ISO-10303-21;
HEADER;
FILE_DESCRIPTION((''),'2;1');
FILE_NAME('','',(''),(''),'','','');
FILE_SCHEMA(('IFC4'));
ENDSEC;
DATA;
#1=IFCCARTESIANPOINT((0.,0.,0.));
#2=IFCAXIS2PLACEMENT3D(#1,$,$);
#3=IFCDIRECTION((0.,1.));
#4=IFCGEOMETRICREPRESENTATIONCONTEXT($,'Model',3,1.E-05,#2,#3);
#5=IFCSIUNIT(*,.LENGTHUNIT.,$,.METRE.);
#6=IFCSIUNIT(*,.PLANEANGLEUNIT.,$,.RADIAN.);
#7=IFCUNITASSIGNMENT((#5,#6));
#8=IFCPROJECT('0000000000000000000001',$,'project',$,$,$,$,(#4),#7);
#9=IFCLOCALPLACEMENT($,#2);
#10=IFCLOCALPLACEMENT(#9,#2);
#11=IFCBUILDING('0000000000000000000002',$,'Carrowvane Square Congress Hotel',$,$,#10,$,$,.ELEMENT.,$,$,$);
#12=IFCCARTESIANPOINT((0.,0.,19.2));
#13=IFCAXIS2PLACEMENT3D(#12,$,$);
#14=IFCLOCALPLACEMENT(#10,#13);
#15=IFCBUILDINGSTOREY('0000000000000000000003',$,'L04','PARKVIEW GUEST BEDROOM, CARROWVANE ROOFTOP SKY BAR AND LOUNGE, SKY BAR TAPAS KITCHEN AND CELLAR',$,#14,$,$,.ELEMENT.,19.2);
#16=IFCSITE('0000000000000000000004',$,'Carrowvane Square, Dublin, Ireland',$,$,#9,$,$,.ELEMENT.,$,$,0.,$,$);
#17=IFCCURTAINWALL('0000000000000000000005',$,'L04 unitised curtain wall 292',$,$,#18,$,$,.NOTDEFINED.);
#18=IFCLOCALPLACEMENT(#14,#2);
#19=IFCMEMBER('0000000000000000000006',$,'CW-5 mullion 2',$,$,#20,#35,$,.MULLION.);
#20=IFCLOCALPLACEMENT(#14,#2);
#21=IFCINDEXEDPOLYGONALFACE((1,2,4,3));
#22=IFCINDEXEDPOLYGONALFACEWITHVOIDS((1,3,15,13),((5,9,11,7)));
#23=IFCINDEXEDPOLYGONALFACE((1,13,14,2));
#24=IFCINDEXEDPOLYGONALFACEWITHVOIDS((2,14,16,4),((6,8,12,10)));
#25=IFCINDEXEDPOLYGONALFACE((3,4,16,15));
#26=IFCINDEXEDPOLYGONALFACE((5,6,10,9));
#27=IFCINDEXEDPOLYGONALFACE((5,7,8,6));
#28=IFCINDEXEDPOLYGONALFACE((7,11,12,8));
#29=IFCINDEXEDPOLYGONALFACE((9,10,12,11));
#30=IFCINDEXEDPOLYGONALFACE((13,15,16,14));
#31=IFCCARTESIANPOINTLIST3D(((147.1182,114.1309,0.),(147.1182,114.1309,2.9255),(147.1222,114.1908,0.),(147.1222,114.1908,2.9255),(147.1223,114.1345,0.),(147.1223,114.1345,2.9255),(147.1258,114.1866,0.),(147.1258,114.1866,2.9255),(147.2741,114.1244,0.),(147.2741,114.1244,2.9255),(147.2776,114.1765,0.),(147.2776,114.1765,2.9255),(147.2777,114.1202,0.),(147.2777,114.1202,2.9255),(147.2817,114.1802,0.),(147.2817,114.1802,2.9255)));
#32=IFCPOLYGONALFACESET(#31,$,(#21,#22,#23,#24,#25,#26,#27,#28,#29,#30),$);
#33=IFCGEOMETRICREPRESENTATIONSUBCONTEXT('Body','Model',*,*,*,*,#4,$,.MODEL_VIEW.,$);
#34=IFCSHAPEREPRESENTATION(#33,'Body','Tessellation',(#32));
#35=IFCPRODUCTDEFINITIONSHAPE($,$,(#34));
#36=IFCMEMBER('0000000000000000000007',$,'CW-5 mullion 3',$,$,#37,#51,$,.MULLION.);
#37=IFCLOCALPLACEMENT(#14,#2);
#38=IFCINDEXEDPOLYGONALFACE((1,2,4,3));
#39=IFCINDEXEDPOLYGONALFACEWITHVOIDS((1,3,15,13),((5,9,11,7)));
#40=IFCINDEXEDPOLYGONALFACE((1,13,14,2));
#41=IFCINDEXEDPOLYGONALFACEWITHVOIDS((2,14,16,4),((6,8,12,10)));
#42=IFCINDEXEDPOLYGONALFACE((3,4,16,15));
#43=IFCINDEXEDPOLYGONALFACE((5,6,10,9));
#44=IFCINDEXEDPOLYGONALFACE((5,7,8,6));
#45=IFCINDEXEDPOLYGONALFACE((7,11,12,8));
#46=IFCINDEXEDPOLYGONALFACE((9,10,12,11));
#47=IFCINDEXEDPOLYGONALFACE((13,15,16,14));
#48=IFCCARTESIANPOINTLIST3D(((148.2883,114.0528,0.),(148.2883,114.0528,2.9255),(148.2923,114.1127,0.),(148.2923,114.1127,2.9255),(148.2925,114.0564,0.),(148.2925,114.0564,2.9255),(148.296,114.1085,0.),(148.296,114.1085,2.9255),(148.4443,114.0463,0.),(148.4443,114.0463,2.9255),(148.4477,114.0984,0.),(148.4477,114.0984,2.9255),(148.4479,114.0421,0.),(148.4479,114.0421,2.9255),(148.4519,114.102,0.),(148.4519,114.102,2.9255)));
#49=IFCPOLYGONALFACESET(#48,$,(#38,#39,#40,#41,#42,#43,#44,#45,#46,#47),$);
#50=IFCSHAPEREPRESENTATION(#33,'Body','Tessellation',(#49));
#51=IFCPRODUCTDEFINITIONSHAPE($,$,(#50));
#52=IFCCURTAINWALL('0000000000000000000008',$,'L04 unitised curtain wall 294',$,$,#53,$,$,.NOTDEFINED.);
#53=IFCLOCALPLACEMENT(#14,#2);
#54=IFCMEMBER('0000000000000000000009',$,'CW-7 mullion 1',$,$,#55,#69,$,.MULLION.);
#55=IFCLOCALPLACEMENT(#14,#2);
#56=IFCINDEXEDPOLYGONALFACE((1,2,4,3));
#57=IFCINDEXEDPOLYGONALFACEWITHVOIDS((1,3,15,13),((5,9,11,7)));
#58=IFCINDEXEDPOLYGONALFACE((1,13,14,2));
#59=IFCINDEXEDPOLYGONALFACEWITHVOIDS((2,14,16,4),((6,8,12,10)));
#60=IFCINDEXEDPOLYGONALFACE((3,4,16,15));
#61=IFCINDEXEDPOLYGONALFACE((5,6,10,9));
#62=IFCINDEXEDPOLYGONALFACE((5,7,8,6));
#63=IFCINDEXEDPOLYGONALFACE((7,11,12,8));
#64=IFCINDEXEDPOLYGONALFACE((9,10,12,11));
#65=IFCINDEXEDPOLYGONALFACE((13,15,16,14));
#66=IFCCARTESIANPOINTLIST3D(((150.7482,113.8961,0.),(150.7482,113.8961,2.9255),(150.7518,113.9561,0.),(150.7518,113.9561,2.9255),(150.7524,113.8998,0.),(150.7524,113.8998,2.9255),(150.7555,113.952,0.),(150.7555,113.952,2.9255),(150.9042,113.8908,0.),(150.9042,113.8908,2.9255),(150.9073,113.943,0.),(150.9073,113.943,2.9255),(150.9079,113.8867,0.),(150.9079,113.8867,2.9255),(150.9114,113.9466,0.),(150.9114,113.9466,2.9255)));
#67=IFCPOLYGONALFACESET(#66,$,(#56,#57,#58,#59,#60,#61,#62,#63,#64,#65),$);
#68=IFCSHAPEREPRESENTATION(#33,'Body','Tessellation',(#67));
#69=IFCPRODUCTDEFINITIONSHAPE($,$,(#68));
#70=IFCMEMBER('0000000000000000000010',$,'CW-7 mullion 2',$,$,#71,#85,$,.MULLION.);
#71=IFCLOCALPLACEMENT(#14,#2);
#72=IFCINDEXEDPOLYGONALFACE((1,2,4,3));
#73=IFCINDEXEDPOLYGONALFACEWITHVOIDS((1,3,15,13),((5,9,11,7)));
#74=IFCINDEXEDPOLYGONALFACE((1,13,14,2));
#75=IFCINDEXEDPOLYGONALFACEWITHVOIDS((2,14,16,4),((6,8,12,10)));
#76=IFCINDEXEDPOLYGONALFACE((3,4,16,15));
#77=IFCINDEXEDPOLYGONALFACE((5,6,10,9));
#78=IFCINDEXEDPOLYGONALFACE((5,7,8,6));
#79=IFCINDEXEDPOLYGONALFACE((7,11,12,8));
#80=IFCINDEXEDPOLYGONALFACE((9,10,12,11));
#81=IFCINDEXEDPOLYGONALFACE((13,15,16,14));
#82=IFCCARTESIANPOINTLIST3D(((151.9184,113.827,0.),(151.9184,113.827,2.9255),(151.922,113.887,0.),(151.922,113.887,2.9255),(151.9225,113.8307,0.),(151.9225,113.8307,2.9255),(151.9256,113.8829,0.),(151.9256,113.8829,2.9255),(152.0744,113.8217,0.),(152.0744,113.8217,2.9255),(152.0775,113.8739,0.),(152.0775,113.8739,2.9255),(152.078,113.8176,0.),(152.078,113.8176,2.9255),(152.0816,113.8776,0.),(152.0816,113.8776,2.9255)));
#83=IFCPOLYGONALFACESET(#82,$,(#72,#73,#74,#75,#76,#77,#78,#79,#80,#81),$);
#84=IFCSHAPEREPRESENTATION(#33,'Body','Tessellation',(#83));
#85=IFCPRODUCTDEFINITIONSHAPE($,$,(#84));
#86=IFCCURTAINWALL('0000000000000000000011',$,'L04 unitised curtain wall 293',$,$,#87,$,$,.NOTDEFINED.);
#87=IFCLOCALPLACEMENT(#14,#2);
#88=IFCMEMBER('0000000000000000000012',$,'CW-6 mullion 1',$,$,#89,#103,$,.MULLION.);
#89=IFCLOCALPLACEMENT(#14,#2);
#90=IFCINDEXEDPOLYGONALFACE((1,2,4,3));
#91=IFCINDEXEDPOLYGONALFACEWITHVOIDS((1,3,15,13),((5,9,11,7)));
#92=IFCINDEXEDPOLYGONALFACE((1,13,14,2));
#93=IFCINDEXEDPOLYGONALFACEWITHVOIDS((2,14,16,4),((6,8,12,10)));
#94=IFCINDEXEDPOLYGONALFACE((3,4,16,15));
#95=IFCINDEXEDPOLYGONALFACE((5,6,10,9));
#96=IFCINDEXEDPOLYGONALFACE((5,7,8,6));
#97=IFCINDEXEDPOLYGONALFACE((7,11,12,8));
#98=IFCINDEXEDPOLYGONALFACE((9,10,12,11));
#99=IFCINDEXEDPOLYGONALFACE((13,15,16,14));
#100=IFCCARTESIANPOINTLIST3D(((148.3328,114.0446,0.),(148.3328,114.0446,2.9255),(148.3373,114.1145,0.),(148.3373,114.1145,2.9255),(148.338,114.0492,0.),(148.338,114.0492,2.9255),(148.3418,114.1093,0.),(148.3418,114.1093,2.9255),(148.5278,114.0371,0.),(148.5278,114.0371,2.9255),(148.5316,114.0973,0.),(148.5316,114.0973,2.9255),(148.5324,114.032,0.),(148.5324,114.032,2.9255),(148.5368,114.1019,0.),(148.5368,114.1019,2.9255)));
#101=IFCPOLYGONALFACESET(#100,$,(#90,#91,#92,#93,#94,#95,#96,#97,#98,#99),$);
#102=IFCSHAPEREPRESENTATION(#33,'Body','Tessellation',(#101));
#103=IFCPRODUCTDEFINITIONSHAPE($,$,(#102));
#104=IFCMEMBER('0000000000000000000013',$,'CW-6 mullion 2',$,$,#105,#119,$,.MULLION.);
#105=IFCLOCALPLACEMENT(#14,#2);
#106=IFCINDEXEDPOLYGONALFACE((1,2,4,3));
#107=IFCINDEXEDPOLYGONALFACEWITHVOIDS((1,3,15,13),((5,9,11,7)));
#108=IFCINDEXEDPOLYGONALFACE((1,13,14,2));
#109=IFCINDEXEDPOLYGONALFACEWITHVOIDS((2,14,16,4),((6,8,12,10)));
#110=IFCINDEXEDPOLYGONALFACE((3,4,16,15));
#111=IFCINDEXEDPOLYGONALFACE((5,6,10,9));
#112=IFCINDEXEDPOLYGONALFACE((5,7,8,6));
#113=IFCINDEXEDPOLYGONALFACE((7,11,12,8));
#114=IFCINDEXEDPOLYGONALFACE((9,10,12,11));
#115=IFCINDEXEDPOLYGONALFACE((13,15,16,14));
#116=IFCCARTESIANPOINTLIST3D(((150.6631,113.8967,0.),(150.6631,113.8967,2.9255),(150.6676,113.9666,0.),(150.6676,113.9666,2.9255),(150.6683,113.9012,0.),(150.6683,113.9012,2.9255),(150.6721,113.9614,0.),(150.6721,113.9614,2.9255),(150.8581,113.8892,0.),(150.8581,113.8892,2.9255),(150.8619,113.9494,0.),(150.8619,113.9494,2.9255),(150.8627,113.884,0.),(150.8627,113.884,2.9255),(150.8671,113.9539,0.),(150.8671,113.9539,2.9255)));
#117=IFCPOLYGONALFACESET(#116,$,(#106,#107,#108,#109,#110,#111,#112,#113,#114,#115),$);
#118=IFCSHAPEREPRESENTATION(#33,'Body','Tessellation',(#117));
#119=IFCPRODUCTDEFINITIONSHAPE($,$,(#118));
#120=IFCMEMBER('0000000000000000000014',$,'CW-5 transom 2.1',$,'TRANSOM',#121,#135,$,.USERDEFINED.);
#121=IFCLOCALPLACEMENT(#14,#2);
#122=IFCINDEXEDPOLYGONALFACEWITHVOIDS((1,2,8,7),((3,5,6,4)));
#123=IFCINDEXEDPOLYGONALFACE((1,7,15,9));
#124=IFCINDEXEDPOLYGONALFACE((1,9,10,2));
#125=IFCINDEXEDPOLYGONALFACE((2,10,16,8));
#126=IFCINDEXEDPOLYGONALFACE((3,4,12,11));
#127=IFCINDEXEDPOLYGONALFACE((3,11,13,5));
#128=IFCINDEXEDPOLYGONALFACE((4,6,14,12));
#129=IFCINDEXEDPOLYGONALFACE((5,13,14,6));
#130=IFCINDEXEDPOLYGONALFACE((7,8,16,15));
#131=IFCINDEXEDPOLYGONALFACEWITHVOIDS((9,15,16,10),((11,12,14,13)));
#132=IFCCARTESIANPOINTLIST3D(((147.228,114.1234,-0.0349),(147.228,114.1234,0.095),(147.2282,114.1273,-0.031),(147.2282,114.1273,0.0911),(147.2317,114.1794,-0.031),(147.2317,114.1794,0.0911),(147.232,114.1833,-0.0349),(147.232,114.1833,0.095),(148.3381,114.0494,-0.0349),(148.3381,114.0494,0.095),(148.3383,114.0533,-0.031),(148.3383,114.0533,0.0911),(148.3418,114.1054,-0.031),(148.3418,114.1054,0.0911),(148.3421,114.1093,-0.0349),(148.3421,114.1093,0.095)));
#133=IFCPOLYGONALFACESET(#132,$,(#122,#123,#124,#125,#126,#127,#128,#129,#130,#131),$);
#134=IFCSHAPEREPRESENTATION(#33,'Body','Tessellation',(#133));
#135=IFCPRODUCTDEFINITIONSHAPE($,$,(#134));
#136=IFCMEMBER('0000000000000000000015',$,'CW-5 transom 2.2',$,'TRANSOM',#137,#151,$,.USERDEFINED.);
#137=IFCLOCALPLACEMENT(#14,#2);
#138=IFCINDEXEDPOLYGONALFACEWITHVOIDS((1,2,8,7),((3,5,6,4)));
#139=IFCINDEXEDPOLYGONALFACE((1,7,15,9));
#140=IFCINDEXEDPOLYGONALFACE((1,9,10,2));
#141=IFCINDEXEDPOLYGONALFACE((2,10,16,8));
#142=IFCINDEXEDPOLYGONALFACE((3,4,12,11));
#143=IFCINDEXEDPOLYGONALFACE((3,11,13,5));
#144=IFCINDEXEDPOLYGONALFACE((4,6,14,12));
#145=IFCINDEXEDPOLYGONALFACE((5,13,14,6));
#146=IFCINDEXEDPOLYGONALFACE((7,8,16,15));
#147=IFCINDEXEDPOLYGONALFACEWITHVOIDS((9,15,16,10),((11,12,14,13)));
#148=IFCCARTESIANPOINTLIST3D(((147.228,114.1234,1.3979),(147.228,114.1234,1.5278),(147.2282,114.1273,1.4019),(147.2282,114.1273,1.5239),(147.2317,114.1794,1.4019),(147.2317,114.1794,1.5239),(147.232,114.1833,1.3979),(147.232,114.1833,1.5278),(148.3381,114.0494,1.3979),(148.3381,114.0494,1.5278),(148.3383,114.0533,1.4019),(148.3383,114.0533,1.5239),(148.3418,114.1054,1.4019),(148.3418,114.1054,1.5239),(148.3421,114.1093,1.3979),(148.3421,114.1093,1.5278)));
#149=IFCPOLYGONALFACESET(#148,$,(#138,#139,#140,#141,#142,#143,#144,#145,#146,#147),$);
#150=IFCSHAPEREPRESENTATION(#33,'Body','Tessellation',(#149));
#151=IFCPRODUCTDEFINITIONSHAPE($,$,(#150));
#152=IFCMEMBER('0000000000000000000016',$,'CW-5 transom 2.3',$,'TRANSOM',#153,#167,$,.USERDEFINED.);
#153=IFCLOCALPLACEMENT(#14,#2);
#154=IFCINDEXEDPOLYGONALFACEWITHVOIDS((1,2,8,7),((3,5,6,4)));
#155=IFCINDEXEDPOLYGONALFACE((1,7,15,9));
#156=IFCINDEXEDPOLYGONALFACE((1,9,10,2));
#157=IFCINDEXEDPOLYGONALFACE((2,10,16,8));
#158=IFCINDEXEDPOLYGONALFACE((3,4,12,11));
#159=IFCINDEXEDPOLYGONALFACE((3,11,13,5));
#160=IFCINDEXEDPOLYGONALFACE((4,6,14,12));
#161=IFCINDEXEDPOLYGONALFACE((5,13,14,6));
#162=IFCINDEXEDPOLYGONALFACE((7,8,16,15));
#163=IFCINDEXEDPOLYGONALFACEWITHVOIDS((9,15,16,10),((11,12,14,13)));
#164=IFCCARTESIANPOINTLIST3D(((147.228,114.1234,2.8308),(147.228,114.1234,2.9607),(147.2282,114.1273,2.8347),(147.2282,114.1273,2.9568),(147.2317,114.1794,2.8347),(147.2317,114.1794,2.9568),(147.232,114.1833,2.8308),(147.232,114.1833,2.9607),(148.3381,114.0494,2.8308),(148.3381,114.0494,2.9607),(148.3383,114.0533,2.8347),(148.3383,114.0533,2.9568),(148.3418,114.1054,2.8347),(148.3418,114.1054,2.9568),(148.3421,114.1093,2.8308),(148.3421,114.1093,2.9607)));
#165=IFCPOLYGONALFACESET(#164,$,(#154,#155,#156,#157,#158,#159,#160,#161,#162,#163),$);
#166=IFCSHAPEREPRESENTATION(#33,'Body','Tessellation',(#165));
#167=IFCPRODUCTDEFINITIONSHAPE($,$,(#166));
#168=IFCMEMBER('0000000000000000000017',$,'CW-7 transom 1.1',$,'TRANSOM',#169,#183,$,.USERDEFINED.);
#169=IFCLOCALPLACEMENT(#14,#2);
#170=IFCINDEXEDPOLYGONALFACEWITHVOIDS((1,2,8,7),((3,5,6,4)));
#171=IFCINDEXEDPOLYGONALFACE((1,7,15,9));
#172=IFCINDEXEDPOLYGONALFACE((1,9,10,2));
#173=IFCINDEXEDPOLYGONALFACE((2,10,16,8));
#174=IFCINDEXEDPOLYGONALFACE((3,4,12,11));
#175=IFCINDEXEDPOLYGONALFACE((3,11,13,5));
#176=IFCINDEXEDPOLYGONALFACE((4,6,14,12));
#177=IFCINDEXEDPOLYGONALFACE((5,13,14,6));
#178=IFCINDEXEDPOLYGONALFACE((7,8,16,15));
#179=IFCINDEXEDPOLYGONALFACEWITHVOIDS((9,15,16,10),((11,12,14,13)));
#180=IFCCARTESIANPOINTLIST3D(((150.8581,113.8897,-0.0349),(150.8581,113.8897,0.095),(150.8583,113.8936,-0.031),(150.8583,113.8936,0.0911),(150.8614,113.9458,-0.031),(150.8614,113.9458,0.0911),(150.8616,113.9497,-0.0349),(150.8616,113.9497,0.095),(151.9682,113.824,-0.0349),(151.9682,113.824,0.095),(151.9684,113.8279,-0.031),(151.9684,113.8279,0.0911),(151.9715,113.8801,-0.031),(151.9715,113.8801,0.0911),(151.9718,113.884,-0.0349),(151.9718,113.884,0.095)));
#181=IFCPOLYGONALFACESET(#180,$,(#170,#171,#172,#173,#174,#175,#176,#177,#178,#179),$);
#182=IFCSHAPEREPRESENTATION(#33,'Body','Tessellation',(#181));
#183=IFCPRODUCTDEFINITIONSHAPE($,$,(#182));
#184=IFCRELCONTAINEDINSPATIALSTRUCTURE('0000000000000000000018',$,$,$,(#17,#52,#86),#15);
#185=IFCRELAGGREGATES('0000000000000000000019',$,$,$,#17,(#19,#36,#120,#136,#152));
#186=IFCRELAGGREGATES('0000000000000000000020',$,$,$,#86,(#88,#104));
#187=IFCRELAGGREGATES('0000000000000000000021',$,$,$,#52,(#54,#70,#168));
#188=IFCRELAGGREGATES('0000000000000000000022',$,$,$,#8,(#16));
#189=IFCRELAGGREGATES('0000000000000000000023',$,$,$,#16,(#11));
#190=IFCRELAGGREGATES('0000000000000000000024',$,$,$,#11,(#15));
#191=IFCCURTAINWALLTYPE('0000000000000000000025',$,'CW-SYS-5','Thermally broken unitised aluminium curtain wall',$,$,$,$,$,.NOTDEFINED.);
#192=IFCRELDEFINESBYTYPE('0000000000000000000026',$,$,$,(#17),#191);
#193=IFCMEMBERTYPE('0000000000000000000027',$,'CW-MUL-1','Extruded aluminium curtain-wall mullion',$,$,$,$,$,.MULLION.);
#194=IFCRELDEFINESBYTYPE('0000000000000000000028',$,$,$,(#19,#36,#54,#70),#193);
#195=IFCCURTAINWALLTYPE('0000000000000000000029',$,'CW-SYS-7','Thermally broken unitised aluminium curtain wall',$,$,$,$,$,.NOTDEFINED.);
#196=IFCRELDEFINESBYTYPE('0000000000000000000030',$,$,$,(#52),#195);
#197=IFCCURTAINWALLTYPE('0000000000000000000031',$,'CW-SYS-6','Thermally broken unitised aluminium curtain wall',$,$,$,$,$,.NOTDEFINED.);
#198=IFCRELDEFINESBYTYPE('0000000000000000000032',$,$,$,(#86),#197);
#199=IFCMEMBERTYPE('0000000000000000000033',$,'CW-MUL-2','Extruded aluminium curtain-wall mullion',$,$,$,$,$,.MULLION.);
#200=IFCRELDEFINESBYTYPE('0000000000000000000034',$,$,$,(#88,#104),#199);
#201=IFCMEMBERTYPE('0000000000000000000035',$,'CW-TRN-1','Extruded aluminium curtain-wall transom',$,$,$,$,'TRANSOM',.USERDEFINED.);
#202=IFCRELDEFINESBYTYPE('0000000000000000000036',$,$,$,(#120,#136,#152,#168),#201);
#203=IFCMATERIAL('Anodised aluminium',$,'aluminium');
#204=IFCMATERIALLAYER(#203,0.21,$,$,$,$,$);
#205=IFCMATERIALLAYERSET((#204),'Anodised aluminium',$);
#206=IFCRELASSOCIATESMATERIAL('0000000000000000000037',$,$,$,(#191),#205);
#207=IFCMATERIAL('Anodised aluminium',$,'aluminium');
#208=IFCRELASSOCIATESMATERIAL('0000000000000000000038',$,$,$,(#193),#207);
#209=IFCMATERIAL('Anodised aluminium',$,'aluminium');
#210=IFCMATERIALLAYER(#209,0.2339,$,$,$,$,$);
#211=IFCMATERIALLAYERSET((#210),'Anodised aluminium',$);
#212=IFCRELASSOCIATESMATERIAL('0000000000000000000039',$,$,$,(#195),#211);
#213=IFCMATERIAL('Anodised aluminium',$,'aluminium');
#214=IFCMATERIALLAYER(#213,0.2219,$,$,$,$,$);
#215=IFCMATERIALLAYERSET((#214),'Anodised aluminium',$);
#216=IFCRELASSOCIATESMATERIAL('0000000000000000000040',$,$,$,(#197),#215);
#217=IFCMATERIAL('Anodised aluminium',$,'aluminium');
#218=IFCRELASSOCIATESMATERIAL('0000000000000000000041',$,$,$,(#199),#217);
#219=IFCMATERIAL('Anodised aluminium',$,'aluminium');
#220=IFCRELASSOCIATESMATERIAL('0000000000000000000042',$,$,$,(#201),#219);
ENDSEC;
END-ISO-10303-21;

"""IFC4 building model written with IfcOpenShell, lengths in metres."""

from ifc_helpers import new_model, si_unit, direction, frame, origin, origin_2d, place, context, subcontext, project, spatial, hollow_rectangle, extrude, material, layer, layer_set, material_profile, profile_set, type_object, element, aggregate, save


model = new_model("IFC4")

# Units and contexts
model_context = context("Model", 3, precision=1e-05, world=origin(), true_north=direction((0.0, 1.0)))
body_context = subcontext(model_context, "Body", "Model", "MODEL_VIEW")
ifc_project = project(units=[si_unit("LENGTHUNIT", "METRE"), si_unit("PLANEANGLEUNIT", "RADIAN")], contexts=[model_context])

# Site, building, storey
site_placement = place(None, origin())
site = spatial("IfcSite", under=ifc_project, at=site_placement, Name="Carrowvane Square, Dublin, Ireland", CompositionType="ELEMENT", RefElevation=0.0)
building_placement = place(site_placement, origin())
building = spatial("IfcBuilding", under=site, at=building_placement, Name="Carrowvane Square Congress Hotel", CompositionType="ELEMENT")
storey_placement = place(building_placement, frame((0.0, 0.0, 19.2)))
storey = spatial("IfcBuildingStorey", under=building, at=storey_placement, Name="L04", Description="PARKVIEW GUEST BEDROOM, CARROWVANE ROOFTOP SKY BAR AND LOUNGE, SKY BAR TAPAS KITCHEN AND CELLAR", CompositionType="ELEMENT", Elevation=19.2)

# Curtain walls, members
ifc_material_1 = material(Name="Anodised aluminium", Category="aluminium")
ifc_layer_1 = layer(ifc_material_1, 0.21)
ifc_layer_set_1 = layer_set([ifc_layer_1], Name="Anodised aluminium")
curtain_wall_type_1 = type_object("IfcCurtainWallType", Name="CW-SYS-5", Description="Thermally broken unitised aluminium curtain wall", PredefinedType="NOTDEFINED", material=ifc_layer_set_1)
curtain_wall_1_placement = place(storey_placement, origin())
curtain_wall_1 = element("IfcCurtainWall", 1, at=curtain_wall_1_placement, inside=storey, type_object=curtain_wall_type_1, Name="L04 unitised curtain wall 292", PredefinedType="NOTDEFINED")
ifc_material_2 = material(Name="Anodised aluminium", Category="aluminium")
ifc_material_profile_1 = material_profile(ifc_material_2, hollow_rectangle(XDim=0.0601, YDim=0.1599, WallThickness=0.0039, at=origin_2d()), Name="CW-ML 60x160x4")
ifc_profile_set_1 = profile_set([ifc_material_profile_1], Name="Anodised aluminium")
member_type_1 = type_object("IfcMemberType", Name="CW-MUL-1", Description="Extruded aluminium curtain-wall mullion", PredefinedType="MULLION", material=ifc_profile_set_1)
member_1_placement = place(storey_placement, frame((147.2, 114.1555, 0.0), z_axis=(0.0, 0.0, 1.0), x_axis=(0.066574, 0.997781, 0.0)))
member_1 = element("IfcMember", 2, at=member_1_placement, type_object=member_type_1, Name="CW-5 mullion 2", PredefinedType="MULLION", context=body_context, shape_type="SweptSolid", body=[
    extrude(hollow_rectangle(XDim=0.0601, YDim=0.1599, WallThickness=0.0039, at=origin_2d()), origin(), (0.0, 0.0, 1.0), 2.9255),
])
member_2_placement = place(storey_placement, frame((148.3701, 114.0774, 0.0), z_axis=(0.0, 0.0, 1.0), x_axis=(0.066574, 0.997781, 0.0)))
member_2 = element("IfcMember", 3, at=member_2_placement, type_object=member_type_1, Name="CW-5 mullion 3", PredefinedType="MULLION", context=body_context, shape_type="SweptSolid", body=[
    extrude(hollow_rectangle(XDim=0.0601, YDim=0.1599, WallThickness=0.0039, at=origin_2d()), origin(), (0.0, 0.0, 1.0), 2.9255),
])
ifc_material_3 = material(Name="Anodised aluminium", Category="aluminium")
ifc_layer_2 = layer(ifc_material_3, 0.2339)
ifc_layer_set_2 = layer_set([ifc_layer_2], Name="Anodised aluminium")
curtain_wall_type_2 = type_object("IfcCurtainWallType", Name="CW-SYS-7", Description="Thermally broken unitised aluminium curtain wall", PredefinedType="NOTDEFINED", material=ifc_layer_set_2)
curtain_wall_2_placement = place(storey_placement, origin())
curtain_wall_2 = element("IfcCurtainWall", 4, at=curtain_wall_2_placement, inside=storey, type_object=curtain_wall_type_2, Name="L04 unitised curtain wall 294", PredefinedType="NOTDEFINED")
member_3_placement = place(storey_placement, frame((150.8298, 113.9214, 0.0), z_axis=(0.0, 0.0, 1.0), x_axis=(0.058989, 0.998259, 0.0)))
member_3 = element("IfcMember", 5, at=member_3_placement, type_object=member_type_1, Name="CW-7 mullion 1", PredefinedType="MULLION", context=body_context, shape_type="SweptSolid", body=[
    extrude(hollow_rectangle(XDim=0.0601, YDim=0.1599, WallThickness=0.0039, at=origin_2d()), origin(), (0.0, 0.0, 1.0), 2.9255),
])
member_4_placement = place(storey_placement, frame((152.0, 113.8523, 0.0), z_axis=(0.0, 0.0, 1.0), x_axis=(0.058989, 0.998259, 0.0)))
member_4 = element("IfcMember", 6, at=member_4_placement, type_object=member_type_1, Name="CW-7 mullion 2", PredefinedType="MULLION", context=body_context, shape_type="SweptSolid", body=[
    extrude(hollow_rectangle(XDim=0.0601, YDim=0.1599, WallThickness=0.0039, at=origin_2d()), origin(), (0.0, 0.0, 1.0), 2.9255),
])
ifc_material_4 = material(Name="Anodised aluminium", Category="aluminium")
ifc_layer_3 = layer(ifc_material_4, 0.2219)
ifc_layer_set_3 = layer_set([ifc_layer_3], Name="Anodised aluminium")
curtain_wall_type_3 = type_object("IfcCurtainWallType", Name="CW-SYS-6", Description="Thermally broken unitised aluminium curtain wall", PredefinedType="NOTDEFINED", material=ifc_layer_set_3)
curtain_wall_3_placement = place(storey_placement, origin())
curtain_wall_3 = element("IfcCurtainWall", 7, at=curtain_wall_3_placement, inside=storey, type_object=curtain_wall_type_3, Name="L04 unitised curtain wall 293", PredefinedType="NOTDEFINED")
ifc_material_5 = material(Name="Anodised aluminium", Category="aluminium")
ifc_material_profile_2 = material_profile(ifc_material_5, hollow_rectangle(XDim=0.0701, YDim=0.2, WallThickness=0.0049, at=origin_2d()), Name="CW-ML 70x200x5")
ifc_profile_set_2 = profile_set([ifc_material_profile_2], Name="Anodised aluminium")
member_type_2 = type_object("IfcMemberType", Name="CW-MUL-2", Description="Extruded aluminium curtain-wall mullion", PredefinedType="MULLION", material=ifc_profile_set_2)
member_5_placement = place(storey_placement, frame((148.4348, 114.0732, 0.0), z_axis=(0.0, 0.0, 1.0), x_axis=(0.063273, 0.997996, 0.0)))
member_5 = element("IfcMember", 8, at=member_5_placement, type_object=member_type_2, Name="CW-6 mullion 1", PredefinedType="MULLION", context=body_context, shape_type="SweptSolid", body=[
    extrude(hollow_rectangle(XDim=0.0701, YDim=0.2, WallThickness=0.0049, at=origin_2d()), origin(), (0.0, 0.0, 1.0), 2.9255),
])
member_6_placement = place(storey_placement, frame((150.7651, 113.9253, 0.0), z_axis=(0.0, 0.0, 1.0), x_axis=(0.063273, 0.997996, 0.0)))
member_6 = element("IfcMember", 9, at=member_6_placement, type_object=member_type_2, Name="CW-6 mullion 2", PredefinedType="MULLION", context=body_context, shape_type="SweptSolid", body=[
    extrude(hollow_rectangle(XDim=0.0701, YDim=0.2, WallThickness=0.0049, at=origin_2d()), origin(), (0.0, 0.0, 1.0), 2.9255),
])

# Members
ifc_material_6 = material(Name="Anodised aluminium", Category="aluminium")
ifc_material_profile_3 = material_profile(ifc_material_6, hollow_rectangle(XDim=0.0601, YDim=0.1299, WallThickness=0.0039, at=origin_2d()), Name="CW-TR 60x130x4")
ifc_profile_set_3 = profile_set([ifc_material_profile_3], Name="Anodised aluminium")
member_type_3 = type_object("IfcMemberType", Name="CW-TRN-1", Description="Extruded aluminium curtain-wall transom", ElementType="TRANSOM", PredefinedType="USERDEFINED", material=ifc_profile_set_3)
member_7_placement = place(storey_placement, frame((147.23, 114.1533, 0.03), z_axis=(0.997787, -0.06649, 0.0), x_axis=(0.06649, 0.997787, 0.0)))
member_7 = element("IfcMember", 10, at=member_7_placement, type_object=member_type_3, Name="CW-5 transom 2.1", ObjectType="TRANSOM", PredefinedType="USERDEFINED", context=body_context, shape_type="SweptSolid", body=[
    extrude(hollow_rectangle(XDim=0.0601, YDim=0.1299, WallThickness=0.0039, at=origin_2d()), origin(), (0.0, 0.0, 1.0), 1.1125),
])
member_8_placement = place(storey_placement, frame((147.23, 114.1533, 1.4629), z_axis=(0.997787, -0.06649, 0.0), x_axis=(0.06649, 0.997787, 0.0)))
member_8 = element("IfcMember", 11, at=member_8_placement, type_object=member_type_3, Name="CW-5 transom 2.2", ObjectType="TRANSOM", PredefinedType="USERDEFINED", context=body_context, shape_type="SweptSolid", body=[
    extrude(hollow_rectangle(XDim=0.0601, YDim=0.1299, WallThickness=0.0039, at=origin_2d()), origin(), (0.0, 0.0, 1.0), 1.1125),
])
member_9_placement = place(storey_placement, frame((147.23, 114.1533, 2.8958), z_axis=(0.997787, -0.06649, 0.0), x_axis=(0.06649, 0.997787, 0.0)))
member_9 = element("IfcMember", 12, at=member_9_placement, type_object=member_type_3, Name="CW-5 transom 2.3", ObjectType="TRANSOM", PredefinedType="USERDEFINED", context=body_context, shape_type="SweptSolid", body=[
    extrude(hollow_rectangle(XDim=0.0601, YDim=0.1299, WallThickness=0.0039, at=origin_2d()), origin(), (0.0, 0.0, 1.0), 1.1125),
])
member_10_placement = place(storey_placement, frame((150.8599, 113.9197, 0.03), z_axis=(0.998255, -0.059057, 0.0), x_axis=(0.059057, 0.998255, 0.0)))
member_10 = element("IfcMember", 13, at=member_10_placement, type_object=member_type_3, Name="CW-7 transom 1.1", ObjectType="TRANSOM", PredefinedType="USERDEFINED", context=body_context, shape_type="SweptSolid", body=[
    extrude(hollow_rectangle(XDim=0.0601, YDim=0.1299, WallThickness=0.0039, at=origin_2d()), origin(), (0.0, 0.0, 1.0), 1.1121),
])

aggregate(curtain_wall_1, [member_1, member_2, member_7, member_8, member_9])
aggregate(curtain_wall_3, [member_5, member_6])
aggregate(curtain_wall_2, [member_3, member_4, member_10])

save(model, "model.ifc")
